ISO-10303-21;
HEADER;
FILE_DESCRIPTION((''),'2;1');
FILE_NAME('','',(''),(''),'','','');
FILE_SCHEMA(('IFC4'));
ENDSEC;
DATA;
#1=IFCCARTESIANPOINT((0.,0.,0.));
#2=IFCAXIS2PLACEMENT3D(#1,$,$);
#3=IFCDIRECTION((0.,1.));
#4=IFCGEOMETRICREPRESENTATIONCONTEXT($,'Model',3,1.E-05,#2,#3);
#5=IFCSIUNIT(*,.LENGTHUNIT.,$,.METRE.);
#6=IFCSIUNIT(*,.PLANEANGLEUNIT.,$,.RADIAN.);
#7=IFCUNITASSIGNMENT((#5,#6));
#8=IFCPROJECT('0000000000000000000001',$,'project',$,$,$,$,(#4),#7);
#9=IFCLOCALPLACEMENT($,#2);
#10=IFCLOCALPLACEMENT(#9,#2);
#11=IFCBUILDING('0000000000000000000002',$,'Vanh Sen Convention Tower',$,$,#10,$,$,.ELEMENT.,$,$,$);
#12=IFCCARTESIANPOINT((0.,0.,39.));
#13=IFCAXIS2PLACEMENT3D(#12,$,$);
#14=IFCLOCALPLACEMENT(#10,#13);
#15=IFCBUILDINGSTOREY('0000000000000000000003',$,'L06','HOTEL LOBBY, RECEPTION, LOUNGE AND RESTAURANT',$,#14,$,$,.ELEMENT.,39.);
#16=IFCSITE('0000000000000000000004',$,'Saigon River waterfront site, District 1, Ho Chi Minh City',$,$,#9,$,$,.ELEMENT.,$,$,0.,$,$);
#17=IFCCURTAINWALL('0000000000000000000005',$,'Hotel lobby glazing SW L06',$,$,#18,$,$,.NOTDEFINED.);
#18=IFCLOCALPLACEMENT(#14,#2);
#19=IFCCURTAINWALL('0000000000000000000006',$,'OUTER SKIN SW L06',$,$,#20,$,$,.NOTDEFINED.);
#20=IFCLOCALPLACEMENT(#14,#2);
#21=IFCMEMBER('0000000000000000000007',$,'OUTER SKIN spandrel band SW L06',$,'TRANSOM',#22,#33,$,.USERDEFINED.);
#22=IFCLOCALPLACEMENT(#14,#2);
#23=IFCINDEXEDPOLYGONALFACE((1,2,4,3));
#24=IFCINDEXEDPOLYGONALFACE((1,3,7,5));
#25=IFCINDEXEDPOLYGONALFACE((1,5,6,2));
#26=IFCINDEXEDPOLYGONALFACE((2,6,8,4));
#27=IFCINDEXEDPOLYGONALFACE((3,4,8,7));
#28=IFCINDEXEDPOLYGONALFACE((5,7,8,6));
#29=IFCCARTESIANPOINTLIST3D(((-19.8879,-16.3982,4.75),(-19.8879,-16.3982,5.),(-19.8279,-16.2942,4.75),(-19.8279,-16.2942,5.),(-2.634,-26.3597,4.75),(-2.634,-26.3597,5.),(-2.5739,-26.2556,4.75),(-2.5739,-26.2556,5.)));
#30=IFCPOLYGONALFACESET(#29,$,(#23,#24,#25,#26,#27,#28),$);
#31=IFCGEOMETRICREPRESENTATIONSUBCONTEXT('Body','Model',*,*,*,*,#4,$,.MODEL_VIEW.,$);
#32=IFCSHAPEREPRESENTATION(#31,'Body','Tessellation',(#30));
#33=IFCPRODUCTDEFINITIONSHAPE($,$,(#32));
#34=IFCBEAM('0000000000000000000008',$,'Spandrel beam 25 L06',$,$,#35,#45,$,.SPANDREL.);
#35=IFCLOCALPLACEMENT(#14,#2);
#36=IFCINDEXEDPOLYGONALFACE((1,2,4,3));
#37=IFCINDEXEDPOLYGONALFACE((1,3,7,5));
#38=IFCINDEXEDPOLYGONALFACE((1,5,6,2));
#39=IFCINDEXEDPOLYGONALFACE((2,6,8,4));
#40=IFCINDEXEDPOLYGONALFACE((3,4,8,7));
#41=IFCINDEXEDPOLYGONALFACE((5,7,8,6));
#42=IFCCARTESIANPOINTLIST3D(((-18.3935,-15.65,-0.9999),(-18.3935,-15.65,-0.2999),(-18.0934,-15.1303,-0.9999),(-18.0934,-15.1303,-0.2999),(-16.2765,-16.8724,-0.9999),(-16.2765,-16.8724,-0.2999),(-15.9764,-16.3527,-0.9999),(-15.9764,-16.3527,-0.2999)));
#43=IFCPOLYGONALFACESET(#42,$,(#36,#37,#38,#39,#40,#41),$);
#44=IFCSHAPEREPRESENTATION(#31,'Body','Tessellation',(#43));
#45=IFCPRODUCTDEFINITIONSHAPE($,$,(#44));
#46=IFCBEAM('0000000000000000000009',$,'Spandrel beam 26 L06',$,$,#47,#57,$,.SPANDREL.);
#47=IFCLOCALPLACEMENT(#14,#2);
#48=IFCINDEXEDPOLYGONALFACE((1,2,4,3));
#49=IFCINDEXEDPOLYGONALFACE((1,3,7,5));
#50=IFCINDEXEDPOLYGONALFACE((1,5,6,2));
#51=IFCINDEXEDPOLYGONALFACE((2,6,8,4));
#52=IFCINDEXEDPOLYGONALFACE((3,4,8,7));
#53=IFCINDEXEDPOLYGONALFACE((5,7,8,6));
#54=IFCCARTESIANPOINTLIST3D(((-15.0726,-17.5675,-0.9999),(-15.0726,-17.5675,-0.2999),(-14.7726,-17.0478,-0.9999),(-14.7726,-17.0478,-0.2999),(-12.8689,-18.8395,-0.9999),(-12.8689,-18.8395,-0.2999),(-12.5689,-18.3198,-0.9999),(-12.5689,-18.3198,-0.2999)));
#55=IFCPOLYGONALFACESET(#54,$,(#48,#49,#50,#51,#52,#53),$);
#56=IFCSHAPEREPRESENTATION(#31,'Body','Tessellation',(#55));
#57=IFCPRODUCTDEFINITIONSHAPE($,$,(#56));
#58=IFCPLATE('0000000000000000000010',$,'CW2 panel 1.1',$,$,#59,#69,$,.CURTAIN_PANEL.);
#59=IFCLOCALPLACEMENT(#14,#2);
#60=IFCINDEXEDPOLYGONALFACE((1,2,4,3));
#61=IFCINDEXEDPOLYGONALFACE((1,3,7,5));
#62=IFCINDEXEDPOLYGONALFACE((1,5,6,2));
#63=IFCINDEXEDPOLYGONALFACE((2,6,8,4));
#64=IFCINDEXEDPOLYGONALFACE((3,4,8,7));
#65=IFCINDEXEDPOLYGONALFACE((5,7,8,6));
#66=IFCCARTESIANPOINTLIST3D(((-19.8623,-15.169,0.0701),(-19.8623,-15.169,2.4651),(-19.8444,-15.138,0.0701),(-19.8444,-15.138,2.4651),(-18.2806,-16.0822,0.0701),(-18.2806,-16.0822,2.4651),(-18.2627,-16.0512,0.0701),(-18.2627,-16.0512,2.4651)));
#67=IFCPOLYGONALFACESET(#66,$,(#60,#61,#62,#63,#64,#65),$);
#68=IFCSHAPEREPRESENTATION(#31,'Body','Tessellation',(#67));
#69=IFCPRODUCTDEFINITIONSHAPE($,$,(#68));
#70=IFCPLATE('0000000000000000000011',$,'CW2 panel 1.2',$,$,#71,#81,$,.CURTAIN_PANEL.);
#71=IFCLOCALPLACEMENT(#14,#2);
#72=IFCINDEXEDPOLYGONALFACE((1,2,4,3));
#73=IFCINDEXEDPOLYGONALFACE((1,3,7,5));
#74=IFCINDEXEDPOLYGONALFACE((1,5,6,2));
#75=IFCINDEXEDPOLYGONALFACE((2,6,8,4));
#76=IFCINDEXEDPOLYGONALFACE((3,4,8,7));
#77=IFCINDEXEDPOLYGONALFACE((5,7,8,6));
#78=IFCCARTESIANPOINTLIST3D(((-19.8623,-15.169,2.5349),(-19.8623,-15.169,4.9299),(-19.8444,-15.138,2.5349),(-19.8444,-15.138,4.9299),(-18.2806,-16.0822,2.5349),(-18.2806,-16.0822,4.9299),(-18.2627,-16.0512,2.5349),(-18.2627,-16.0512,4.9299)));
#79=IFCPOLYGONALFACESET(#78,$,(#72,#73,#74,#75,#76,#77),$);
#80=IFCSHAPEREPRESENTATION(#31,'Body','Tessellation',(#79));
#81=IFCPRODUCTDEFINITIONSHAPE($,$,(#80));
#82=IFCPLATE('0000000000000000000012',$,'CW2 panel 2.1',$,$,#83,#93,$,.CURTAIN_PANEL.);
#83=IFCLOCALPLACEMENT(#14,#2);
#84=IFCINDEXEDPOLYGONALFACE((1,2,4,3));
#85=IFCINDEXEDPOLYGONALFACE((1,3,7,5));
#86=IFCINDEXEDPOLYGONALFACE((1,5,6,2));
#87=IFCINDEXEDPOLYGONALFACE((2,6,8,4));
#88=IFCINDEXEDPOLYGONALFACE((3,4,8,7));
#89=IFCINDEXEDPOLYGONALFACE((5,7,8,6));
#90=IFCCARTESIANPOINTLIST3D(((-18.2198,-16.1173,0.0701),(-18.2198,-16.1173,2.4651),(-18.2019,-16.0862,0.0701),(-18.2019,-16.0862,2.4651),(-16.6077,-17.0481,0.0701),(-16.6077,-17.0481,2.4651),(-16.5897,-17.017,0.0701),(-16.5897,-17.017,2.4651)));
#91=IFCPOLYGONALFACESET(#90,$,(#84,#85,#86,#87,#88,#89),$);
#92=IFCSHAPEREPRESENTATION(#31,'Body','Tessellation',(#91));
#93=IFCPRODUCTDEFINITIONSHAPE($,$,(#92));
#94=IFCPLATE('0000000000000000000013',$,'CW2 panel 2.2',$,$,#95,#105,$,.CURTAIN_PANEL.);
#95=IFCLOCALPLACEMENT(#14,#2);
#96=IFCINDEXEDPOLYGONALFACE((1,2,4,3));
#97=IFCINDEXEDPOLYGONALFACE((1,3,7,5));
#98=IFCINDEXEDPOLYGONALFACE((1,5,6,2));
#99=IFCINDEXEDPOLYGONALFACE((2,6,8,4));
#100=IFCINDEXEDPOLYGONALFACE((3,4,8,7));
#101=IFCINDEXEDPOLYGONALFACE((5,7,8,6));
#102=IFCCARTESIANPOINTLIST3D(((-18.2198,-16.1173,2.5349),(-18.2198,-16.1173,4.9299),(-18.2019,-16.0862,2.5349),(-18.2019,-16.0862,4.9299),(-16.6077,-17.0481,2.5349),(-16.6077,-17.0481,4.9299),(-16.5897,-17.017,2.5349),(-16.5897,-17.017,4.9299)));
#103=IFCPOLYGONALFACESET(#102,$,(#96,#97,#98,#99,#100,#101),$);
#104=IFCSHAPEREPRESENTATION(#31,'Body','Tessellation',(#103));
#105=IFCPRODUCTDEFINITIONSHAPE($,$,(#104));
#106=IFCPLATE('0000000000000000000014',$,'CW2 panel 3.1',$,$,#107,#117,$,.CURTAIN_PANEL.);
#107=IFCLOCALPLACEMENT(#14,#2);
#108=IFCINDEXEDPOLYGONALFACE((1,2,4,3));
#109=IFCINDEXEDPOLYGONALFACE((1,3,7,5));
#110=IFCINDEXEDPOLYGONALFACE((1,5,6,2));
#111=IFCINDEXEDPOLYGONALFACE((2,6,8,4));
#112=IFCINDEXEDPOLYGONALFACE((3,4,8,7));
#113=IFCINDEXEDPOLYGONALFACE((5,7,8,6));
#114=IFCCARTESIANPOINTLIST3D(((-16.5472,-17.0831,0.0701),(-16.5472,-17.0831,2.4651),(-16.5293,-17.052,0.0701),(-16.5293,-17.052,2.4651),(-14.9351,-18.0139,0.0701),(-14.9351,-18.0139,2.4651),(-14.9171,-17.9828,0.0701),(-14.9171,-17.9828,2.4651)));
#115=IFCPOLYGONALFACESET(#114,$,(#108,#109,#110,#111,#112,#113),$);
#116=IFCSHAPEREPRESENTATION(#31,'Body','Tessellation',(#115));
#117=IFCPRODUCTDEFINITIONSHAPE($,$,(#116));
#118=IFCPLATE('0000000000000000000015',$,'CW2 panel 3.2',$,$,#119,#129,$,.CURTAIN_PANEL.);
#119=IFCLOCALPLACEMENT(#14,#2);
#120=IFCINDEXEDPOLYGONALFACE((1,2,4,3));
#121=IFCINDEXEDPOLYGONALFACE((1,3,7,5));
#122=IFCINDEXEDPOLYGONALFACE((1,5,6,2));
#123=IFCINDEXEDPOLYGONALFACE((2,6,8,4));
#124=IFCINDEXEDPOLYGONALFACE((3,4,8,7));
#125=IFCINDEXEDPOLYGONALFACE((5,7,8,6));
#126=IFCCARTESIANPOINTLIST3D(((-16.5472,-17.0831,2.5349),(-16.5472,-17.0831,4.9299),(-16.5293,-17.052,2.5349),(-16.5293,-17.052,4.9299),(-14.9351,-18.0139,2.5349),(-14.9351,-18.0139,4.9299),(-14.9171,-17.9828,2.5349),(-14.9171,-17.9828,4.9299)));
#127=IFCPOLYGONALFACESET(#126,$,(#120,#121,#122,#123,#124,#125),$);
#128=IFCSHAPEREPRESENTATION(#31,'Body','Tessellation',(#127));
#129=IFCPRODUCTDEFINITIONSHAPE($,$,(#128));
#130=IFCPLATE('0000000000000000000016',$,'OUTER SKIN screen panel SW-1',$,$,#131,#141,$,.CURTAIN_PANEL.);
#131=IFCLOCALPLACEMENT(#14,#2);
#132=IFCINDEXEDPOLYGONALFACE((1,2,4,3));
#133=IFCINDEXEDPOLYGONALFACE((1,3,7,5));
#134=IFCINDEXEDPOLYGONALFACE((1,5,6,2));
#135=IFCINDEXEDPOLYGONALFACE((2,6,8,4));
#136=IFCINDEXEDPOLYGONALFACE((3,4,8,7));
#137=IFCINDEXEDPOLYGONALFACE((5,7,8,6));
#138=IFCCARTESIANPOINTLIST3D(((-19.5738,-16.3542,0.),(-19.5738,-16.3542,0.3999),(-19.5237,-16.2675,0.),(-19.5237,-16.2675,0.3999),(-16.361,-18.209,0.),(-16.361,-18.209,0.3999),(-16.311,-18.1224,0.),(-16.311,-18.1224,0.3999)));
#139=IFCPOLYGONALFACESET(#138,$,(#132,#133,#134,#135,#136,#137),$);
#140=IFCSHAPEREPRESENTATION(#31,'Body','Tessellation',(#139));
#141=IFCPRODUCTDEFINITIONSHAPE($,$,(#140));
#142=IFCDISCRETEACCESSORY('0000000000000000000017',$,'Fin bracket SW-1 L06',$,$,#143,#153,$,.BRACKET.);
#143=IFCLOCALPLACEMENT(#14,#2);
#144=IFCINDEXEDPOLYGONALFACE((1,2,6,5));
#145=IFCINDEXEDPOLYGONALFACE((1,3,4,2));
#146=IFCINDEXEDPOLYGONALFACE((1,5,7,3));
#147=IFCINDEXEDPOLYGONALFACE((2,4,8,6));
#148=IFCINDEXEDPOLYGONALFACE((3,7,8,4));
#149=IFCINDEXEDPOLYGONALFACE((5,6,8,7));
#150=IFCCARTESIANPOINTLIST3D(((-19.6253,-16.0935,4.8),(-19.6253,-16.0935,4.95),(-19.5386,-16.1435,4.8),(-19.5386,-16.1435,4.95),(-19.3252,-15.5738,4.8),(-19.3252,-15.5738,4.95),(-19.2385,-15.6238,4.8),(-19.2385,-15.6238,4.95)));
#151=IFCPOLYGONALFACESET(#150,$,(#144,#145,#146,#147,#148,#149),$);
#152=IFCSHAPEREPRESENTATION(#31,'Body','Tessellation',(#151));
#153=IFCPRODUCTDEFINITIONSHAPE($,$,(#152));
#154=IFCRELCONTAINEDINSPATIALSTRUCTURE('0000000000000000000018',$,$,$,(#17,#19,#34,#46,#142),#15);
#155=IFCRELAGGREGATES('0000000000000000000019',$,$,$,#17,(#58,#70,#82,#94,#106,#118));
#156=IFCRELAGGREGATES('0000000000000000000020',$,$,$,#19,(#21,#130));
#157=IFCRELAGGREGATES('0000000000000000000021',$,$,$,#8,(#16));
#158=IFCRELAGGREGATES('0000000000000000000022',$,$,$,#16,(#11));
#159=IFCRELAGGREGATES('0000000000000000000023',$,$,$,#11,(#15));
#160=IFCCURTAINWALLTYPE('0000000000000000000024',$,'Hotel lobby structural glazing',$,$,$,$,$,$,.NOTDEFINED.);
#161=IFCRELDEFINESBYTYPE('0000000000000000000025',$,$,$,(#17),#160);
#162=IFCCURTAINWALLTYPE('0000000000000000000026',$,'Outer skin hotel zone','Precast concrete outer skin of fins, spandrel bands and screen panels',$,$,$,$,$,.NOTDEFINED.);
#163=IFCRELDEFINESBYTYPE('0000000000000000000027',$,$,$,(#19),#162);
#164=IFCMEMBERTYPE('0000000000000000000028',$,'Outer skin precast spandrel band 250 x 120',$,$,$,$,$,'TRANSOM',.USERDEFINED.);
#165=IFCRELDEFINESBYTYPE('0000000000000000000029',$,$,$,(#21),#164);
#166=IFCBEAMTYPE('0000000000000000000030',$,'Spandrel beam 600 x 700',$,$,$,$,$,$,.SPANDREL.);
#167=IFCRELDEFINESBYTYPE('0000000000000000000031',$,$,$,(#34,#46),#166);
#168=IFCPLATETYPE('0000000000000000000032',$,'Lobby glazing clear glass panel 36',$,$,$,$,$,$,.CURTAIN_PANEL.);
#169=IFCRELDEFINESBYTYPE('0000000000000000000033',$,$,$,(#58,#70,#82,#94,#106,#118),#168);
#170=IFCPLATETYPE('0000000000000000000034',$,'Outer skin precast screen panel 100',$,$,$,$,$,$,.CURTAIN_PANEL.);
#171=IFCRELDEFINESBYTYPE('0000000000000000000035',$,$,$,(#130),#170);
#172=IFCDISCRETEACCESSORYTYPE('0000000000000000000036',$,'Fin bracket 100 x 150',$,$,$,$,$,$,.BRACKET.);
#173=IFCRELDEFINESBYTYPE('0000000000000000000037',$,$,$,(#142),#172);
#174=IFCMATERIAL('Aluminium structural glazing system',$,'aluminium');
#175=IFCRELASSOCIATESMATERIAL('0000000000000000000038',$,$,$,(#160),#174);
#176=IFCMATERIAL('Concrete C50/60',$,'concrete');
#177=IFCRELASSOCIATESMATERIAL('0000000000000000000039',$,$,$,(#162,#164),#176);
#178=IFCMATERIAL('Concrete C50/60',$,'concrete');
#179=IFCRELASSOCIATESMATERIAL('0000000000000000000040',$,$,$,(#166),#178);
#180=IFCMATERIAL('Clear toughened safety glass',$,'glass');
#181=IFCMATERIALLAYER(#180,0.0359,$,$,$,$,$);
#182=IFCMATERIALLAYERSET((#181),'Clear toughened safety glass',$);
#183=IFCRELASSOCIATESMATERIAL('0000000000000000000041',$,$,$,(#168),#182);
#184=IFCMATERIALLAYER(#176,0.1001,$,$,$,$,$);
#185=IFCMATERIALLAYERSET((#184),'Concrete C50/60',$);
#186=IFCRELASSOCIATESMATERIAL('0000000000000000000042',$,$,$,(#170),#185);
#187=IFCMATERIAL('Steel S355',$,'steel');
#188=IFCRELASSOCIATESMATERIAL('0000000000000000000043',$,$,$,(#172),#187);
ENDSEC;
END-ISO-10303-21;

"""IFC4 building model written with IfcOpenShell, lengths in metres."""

from ifc_helpers import new_model, si_unit, direction, frame, origin, origin_2d, place, context, subcontext, project, spatial, rectangle, extrude, material, layer, layer_set, material_profile, profile_set, type_object, element, aggregate, save


model = new_model("IFC4")

# Units and contexts
model_context = context("Model", 3, precision=1e-05, world=origin(), true_north=direction((0.0, 1.0)))
body_context = subcontext(model_context, "Body", "Model", "MODEL_VIEW")
ifc_project = project(units=[si_unit("LENGTHUNIT", "METRE"), si_unit("PLANEANGLEUNIT", "RADIAN")], contexts=[model_context])

# Site, building, storey
site_placement = place(None, origin())
site = spatial("IfcSite", under=ifc_project, at=site_placement, Name="Saigon River waterfront site, District 1, Ho Chi Minh City", CompositionType="ELEMENT", RefElevation=0.0)
building_placement = place(site_placement, origin())
building = spatial("IfcBuilding", under=site, at=building_placement, Name="Vanh Sen Convention Tower", CompositionType="ELEMENT")
storey_placement = place(building_placement, frame((0.0, 0.0, 39.0)))
storey = spatial("IfcBuildingStorey", under=building, at=storey_placement, Name="L06", Description="HOTEL LOBBY, RECEPTION, LOUNGE AND RESTAURANT", CompositionType="ELEMENT", Elevation=39.0)

# Curtain walls, member
ifc_material_1 = material(Name="Aluminium structural glazing system", Category="aluminium")
curtain_wall_type_1 = type_object("IfcCurtainWallType", Name="Hotel lobby structural glazing", PredefinedType="NOTDEFINED", material=ifc_material_1)
curtain_wall_1_placement = place(storey_placement, origin())
curtain_wall_1 = element("IfcCurtainWall", 1, at=curtain_wall_1_placement, inside=storey, type_object=curtain_wall_type_1, Name="Hotel lobby glazing SW L06", PredefinedType="NOTDEFINED")
ifc_material_2 = material(Name="Concrete C50/60", Category="concrete")
curtain_wall_type_2 = type_object("IfcCurtainWallType", Name="Outer skin hotel zone", Description="Precast concrete outer skin of fins, spandrel bands and screen panels", PredefinedType="NOTDEFINED", material=ifc_material_2)
curtain_wall_2_placement = place(storey_placement, origin())
curtain_wall_2 = element("IfcCurtainWall", 2, at=curtain_wall_2_placement, inside=storey, type_object=curtain_wall_type_2, Name="OUTER SKIN SW L06", PredefinedType="NOTDEFINED")
ifc_material_profile_1 = material_profile(ifc_material_2, rectangle(XDim=0.1201, YDim=0.25, at=origin_2d()), Name="Outer skin precast spandrel band 250 x 120")
ifc_profile_set_1 = profile_set([ifc_material_profile_1], Name="Concrete C50/60")
member_type_1 = type_object("IfcMemberType", Name="Outer skin precast spandrel band 250 x 120", ElementType="TRANSOM", PredefinedType="USERDEFINED", material=ifc_profile_set_1)
member_1_placement = place(storey_placement, frame((-19.8579, -16.3462, 4.875), z_axis=(0.866028, -0.499995, 0.0), x_axis=(0.499995, 0.866028, 0.0)))
member_1 = element("IfcMember", 3, at=member_1_placement, type_object=member_type_1, Name="OUTER SKIN spandrel band SW L06", ObjectType="TRANSOM", PredefinedType="USERDEFINED", context=body_context, shape_type="SweptSolid", body=[
    extrude(rectangle(XDim=0.1201, YDim=0.25, at=origin_2d()), origin(), (0.0, 0.0, 1.0), 19.9231),
])

# Beams
ifc_material_3 = material(Name="Concrete C50/60", Category="concrete")
ifc_material_profile_2 = material_profile(ifc_material_3, rectangle(XDim=0.6001, YDim=0.7, at=origin_2d()), Name="RC 600X700")
ifc_profile_set_2 = profile_set([ifc_material_profile_2], Name="Concrete C50/60")
beam_type = type_object("IfcBeamType", Name="Spandrel beam 600 x 700", PredefinedType="SPANDREL", material=ifc_profile_set_2)
beam_1_placement = place(storey_placement, frame((-18.2434, -15.3901, -0.6499), z_axis=(0.865991, -0.50006, 0.0), x_axis=(0.50006, 0.865991, 0.0)))
element("IfcBeam", 4, at=beam_1_placement, inside=storey, type_object=beam_type, Name="Spandrel beam 25 L06", PredefinedType="SPANDREL", context=body_context, shape_type="SweptSolid", body=[
    extrude(rectangle(XDim=0.6001, YDim=0.7, at=origin_2d()), origin(), (0.0, 0.0, 1.0), 2.4446),
])
beam_2_placement = place(storey_placement, frame((-14.9226, -17.3076, -0.6499), z_axis=(0.866074, -0.499916, 0.0), x_axis=(0.499916, 0.866074, 0.0)))
element("IfcBeam", 5, at=beam_2_placement, inside=storey, type_object=beam_type, Name="Spandrel beam 26 L06", PredefinedType="SPANDREL", context=body_context, shape_type="SweptSolid", body=[
    extrude(rectangle(XDim=0.6001, YDim=0.7, at=origin_2d()), origin(), (0.0, 0.0, 1.0), 2.5444),
])

# Plates
ifc_material_4 = material(Name="Clear toughened safety glass", Category="glass")
ifc_layer_1 = layer(ifc_material_4, 0.0359)
ifc_layer_set_1 = layer_set([ifc_layer_1], Name="Clear toughened safety glass")
plate_type_1 = type_object("IfcPlateType", Name="Lobby glazing clear glass panel 36", PredefinedType="CURTAIN_PANEL", material=ifc_layer_set_1)
plate_1_placement = place(storey_placement, frame((-19.0625, -15.6101, 0.0701), z_axis=(0.0, 0.0, 1.0), x_axis=(0.866027, -0.499997, 0.0)))
plate_1 = element("IfcPlate", 6, at=plate_1_placement, type_object=plate_type_1, Name="CW2 panel 1.1", PredefinedType="CURTAIN_PANEL", context=body_context, shape_type="SweptSolid", body=[
    extrude(rectangle(XDim=1.8264, YDim=0.0359, at=origin_2d()), origin(), (0.0, 0.0, 1.0), 2.395),
])
plate_2_placement = place(storey_placement, frame((-19.0625, -15.6101, 2.5349), z_axis=(0.0, 0.0, 1.0), x_axis=(0.866027, -0.499997, 0.0)))
plate_2 = element("IfcPlate", 7, at=plate_2_placement, type_object=plate_type_1, Name="CW2 panel 1.2", PredefinedType="CURTAIN_PANEL", context=body_context, shape_type="SweptSolid", body=[
    extrude(rectangle(XDim=1.8264, YDim=0.0359, at=origin_2d()), origin(), (0.0, 0.0, 1.0), 2.395),
])
plate_3_placement = place(storey_placement, frame((-17.4048, -16.5671, 0.0701), z_axis=(0.0, 0.0, 1.0), x_axis=(0.866027, -0.499997, 0.0)))
plate_3 = element("IfcPlate", 8, at=plate_3_placement, type_object=plate_type_1, Name="CW2 panel 2.1", PredefinedType="CURTAIN_PANEL", context=body_context, shape_type="SweptSolid", body=[
    extrude(rectangle(XDim=1.8616, YDim=0.0359, at=origin_2d()), origin(), (0.0, 0.0, 1.0), 2.395),
])
plate_4_placement = place(storey_placement, frame((-17.4048, -16.5671, 2.5349), z_axis=(0.0, 0.0, 1.0), x_axis=(0.866027, -0.499997, 0.0)))
plate_4 = element("IfcPlate", 9, at=plate_4_placement, type_object=plate_type_1, Name="CW2 panel 2.2", PredefinedType="CURTAIN_PANEL", context=body_context, shape_type="SweptSolid", body=[
    extrude(rectangle(XDim=1.8616, YDim=0.0359, at=origin_2d()), origin(), (0.0, 0.0, 1.0), 2.395),
])
plate_5_placement = place(storey_placement, frame((-15.7322, -17.533, 0.0701), z_axis=(0.0, 0.0, 1.0), x_axis=(0.866027, -0.499997, 0.0)))
plate_5 = element("IfcPlate", 10, at=plate_5_placement, type_object=plate_type_1, Name="CW2 panel 3.1", PredefinedType="CURTAIN_PANEL", context=body_context, shape_type="SweptSolid", body=[
    extrude(rectangle(XDim=1.8616, YDim=0.0359, at=origin_2d()), origin(), (0.0, 0.0, 1.0), 2.395),
])
plate_6_placement = place(storey_placement, frame((-15.7322, -17.533, 2.5349), z_axis=(0.0, 0.0, 1.0), x_axis=(0.866027, -0.499997, 0.0)))
plate_6 = element("IfcPlate", 11, at=plate_6_placement, type_object=plate_type_1, Name="CW2 panel 3.2", PredefinedType="CURTAIN_PANEL", context=body_context, shape_type="SweptSolid", body=[
    extrude(rectangle(XDim=1.8616, YDim=0.0359, at=origin_2d()), origin(), (0.0, 0.0, 1.0), 2.395),
])
aggregate(curtain_wall_1, [plate_1, plate_2, plate_3, plate_4, plate_5, plate_6])
ifc_layer_2 = layer(ifc_material_2, 0.1001)
ifc_layer_set_2 = layer_set([ifc_layer_2], Name="Concrete C50/60")
plate_type_2 = type_object("IfcPlateType", Name="Outer skin precast screen panel 100", PredefinedType="CURTAIN_PANEL", material=ifc_layer_set_2)
plate_7_placement = place(storey_placement, frame((-17.9424, -17.2383, 0.0), z_axis=(0.0, 0.0, 1.0), x_axis=(0.866028, -0.499995, 0.0)))
plate_7 = element("IfcPlate", 12, at=plate_7_placement, type_object=plate_type_2, Name="OUTER SKIN screen panel SW-1", PredefinedType="CURTAIN_PANEL", context=body_context, shape_type="SweptSolid", body=[
    extrude(rectangle(XDim=3.7097, YDim=0.1001, at=origin_2d()), origin(), (0.0, 0.0, 1.0), 0.3999),
])
aggregate(curtain_wall_2, [member_1, plate_7])

# Discrete accessory
ifc_material_5 = material(Name="Steel S355", Category="steel")
discrete_accessory_type = type_object("IfcDiscreteAccessoryType", Name="Fin bracket 100 x 150", PredefinedType="BRACKET", material=ifc_material_5)
discrete_accessory_placement = place(storey_placement, frame((-19.4319, -15.8586, 4.8), z_axis=(0.0, 0.0, 1.0), x_axis=(-0.5, -0.866025, 0.0)))
element("IfcDiscreteAccessory", 13, at=discrete_accessory_placement, inside=storey, type_object=discrete_accessory_type, Name="Fin bracket SW-1 L06", PredefinedType="BRACKET", context=body_context, shape_type="SweptSolid", body=[
    extrude(rectangle(XDim=0.6001, YDim=0.1001, at=origin_2d()), origin(), (0.0, 0.0, 1.0), 0.1499),
])

save(model, "model.ifc")
